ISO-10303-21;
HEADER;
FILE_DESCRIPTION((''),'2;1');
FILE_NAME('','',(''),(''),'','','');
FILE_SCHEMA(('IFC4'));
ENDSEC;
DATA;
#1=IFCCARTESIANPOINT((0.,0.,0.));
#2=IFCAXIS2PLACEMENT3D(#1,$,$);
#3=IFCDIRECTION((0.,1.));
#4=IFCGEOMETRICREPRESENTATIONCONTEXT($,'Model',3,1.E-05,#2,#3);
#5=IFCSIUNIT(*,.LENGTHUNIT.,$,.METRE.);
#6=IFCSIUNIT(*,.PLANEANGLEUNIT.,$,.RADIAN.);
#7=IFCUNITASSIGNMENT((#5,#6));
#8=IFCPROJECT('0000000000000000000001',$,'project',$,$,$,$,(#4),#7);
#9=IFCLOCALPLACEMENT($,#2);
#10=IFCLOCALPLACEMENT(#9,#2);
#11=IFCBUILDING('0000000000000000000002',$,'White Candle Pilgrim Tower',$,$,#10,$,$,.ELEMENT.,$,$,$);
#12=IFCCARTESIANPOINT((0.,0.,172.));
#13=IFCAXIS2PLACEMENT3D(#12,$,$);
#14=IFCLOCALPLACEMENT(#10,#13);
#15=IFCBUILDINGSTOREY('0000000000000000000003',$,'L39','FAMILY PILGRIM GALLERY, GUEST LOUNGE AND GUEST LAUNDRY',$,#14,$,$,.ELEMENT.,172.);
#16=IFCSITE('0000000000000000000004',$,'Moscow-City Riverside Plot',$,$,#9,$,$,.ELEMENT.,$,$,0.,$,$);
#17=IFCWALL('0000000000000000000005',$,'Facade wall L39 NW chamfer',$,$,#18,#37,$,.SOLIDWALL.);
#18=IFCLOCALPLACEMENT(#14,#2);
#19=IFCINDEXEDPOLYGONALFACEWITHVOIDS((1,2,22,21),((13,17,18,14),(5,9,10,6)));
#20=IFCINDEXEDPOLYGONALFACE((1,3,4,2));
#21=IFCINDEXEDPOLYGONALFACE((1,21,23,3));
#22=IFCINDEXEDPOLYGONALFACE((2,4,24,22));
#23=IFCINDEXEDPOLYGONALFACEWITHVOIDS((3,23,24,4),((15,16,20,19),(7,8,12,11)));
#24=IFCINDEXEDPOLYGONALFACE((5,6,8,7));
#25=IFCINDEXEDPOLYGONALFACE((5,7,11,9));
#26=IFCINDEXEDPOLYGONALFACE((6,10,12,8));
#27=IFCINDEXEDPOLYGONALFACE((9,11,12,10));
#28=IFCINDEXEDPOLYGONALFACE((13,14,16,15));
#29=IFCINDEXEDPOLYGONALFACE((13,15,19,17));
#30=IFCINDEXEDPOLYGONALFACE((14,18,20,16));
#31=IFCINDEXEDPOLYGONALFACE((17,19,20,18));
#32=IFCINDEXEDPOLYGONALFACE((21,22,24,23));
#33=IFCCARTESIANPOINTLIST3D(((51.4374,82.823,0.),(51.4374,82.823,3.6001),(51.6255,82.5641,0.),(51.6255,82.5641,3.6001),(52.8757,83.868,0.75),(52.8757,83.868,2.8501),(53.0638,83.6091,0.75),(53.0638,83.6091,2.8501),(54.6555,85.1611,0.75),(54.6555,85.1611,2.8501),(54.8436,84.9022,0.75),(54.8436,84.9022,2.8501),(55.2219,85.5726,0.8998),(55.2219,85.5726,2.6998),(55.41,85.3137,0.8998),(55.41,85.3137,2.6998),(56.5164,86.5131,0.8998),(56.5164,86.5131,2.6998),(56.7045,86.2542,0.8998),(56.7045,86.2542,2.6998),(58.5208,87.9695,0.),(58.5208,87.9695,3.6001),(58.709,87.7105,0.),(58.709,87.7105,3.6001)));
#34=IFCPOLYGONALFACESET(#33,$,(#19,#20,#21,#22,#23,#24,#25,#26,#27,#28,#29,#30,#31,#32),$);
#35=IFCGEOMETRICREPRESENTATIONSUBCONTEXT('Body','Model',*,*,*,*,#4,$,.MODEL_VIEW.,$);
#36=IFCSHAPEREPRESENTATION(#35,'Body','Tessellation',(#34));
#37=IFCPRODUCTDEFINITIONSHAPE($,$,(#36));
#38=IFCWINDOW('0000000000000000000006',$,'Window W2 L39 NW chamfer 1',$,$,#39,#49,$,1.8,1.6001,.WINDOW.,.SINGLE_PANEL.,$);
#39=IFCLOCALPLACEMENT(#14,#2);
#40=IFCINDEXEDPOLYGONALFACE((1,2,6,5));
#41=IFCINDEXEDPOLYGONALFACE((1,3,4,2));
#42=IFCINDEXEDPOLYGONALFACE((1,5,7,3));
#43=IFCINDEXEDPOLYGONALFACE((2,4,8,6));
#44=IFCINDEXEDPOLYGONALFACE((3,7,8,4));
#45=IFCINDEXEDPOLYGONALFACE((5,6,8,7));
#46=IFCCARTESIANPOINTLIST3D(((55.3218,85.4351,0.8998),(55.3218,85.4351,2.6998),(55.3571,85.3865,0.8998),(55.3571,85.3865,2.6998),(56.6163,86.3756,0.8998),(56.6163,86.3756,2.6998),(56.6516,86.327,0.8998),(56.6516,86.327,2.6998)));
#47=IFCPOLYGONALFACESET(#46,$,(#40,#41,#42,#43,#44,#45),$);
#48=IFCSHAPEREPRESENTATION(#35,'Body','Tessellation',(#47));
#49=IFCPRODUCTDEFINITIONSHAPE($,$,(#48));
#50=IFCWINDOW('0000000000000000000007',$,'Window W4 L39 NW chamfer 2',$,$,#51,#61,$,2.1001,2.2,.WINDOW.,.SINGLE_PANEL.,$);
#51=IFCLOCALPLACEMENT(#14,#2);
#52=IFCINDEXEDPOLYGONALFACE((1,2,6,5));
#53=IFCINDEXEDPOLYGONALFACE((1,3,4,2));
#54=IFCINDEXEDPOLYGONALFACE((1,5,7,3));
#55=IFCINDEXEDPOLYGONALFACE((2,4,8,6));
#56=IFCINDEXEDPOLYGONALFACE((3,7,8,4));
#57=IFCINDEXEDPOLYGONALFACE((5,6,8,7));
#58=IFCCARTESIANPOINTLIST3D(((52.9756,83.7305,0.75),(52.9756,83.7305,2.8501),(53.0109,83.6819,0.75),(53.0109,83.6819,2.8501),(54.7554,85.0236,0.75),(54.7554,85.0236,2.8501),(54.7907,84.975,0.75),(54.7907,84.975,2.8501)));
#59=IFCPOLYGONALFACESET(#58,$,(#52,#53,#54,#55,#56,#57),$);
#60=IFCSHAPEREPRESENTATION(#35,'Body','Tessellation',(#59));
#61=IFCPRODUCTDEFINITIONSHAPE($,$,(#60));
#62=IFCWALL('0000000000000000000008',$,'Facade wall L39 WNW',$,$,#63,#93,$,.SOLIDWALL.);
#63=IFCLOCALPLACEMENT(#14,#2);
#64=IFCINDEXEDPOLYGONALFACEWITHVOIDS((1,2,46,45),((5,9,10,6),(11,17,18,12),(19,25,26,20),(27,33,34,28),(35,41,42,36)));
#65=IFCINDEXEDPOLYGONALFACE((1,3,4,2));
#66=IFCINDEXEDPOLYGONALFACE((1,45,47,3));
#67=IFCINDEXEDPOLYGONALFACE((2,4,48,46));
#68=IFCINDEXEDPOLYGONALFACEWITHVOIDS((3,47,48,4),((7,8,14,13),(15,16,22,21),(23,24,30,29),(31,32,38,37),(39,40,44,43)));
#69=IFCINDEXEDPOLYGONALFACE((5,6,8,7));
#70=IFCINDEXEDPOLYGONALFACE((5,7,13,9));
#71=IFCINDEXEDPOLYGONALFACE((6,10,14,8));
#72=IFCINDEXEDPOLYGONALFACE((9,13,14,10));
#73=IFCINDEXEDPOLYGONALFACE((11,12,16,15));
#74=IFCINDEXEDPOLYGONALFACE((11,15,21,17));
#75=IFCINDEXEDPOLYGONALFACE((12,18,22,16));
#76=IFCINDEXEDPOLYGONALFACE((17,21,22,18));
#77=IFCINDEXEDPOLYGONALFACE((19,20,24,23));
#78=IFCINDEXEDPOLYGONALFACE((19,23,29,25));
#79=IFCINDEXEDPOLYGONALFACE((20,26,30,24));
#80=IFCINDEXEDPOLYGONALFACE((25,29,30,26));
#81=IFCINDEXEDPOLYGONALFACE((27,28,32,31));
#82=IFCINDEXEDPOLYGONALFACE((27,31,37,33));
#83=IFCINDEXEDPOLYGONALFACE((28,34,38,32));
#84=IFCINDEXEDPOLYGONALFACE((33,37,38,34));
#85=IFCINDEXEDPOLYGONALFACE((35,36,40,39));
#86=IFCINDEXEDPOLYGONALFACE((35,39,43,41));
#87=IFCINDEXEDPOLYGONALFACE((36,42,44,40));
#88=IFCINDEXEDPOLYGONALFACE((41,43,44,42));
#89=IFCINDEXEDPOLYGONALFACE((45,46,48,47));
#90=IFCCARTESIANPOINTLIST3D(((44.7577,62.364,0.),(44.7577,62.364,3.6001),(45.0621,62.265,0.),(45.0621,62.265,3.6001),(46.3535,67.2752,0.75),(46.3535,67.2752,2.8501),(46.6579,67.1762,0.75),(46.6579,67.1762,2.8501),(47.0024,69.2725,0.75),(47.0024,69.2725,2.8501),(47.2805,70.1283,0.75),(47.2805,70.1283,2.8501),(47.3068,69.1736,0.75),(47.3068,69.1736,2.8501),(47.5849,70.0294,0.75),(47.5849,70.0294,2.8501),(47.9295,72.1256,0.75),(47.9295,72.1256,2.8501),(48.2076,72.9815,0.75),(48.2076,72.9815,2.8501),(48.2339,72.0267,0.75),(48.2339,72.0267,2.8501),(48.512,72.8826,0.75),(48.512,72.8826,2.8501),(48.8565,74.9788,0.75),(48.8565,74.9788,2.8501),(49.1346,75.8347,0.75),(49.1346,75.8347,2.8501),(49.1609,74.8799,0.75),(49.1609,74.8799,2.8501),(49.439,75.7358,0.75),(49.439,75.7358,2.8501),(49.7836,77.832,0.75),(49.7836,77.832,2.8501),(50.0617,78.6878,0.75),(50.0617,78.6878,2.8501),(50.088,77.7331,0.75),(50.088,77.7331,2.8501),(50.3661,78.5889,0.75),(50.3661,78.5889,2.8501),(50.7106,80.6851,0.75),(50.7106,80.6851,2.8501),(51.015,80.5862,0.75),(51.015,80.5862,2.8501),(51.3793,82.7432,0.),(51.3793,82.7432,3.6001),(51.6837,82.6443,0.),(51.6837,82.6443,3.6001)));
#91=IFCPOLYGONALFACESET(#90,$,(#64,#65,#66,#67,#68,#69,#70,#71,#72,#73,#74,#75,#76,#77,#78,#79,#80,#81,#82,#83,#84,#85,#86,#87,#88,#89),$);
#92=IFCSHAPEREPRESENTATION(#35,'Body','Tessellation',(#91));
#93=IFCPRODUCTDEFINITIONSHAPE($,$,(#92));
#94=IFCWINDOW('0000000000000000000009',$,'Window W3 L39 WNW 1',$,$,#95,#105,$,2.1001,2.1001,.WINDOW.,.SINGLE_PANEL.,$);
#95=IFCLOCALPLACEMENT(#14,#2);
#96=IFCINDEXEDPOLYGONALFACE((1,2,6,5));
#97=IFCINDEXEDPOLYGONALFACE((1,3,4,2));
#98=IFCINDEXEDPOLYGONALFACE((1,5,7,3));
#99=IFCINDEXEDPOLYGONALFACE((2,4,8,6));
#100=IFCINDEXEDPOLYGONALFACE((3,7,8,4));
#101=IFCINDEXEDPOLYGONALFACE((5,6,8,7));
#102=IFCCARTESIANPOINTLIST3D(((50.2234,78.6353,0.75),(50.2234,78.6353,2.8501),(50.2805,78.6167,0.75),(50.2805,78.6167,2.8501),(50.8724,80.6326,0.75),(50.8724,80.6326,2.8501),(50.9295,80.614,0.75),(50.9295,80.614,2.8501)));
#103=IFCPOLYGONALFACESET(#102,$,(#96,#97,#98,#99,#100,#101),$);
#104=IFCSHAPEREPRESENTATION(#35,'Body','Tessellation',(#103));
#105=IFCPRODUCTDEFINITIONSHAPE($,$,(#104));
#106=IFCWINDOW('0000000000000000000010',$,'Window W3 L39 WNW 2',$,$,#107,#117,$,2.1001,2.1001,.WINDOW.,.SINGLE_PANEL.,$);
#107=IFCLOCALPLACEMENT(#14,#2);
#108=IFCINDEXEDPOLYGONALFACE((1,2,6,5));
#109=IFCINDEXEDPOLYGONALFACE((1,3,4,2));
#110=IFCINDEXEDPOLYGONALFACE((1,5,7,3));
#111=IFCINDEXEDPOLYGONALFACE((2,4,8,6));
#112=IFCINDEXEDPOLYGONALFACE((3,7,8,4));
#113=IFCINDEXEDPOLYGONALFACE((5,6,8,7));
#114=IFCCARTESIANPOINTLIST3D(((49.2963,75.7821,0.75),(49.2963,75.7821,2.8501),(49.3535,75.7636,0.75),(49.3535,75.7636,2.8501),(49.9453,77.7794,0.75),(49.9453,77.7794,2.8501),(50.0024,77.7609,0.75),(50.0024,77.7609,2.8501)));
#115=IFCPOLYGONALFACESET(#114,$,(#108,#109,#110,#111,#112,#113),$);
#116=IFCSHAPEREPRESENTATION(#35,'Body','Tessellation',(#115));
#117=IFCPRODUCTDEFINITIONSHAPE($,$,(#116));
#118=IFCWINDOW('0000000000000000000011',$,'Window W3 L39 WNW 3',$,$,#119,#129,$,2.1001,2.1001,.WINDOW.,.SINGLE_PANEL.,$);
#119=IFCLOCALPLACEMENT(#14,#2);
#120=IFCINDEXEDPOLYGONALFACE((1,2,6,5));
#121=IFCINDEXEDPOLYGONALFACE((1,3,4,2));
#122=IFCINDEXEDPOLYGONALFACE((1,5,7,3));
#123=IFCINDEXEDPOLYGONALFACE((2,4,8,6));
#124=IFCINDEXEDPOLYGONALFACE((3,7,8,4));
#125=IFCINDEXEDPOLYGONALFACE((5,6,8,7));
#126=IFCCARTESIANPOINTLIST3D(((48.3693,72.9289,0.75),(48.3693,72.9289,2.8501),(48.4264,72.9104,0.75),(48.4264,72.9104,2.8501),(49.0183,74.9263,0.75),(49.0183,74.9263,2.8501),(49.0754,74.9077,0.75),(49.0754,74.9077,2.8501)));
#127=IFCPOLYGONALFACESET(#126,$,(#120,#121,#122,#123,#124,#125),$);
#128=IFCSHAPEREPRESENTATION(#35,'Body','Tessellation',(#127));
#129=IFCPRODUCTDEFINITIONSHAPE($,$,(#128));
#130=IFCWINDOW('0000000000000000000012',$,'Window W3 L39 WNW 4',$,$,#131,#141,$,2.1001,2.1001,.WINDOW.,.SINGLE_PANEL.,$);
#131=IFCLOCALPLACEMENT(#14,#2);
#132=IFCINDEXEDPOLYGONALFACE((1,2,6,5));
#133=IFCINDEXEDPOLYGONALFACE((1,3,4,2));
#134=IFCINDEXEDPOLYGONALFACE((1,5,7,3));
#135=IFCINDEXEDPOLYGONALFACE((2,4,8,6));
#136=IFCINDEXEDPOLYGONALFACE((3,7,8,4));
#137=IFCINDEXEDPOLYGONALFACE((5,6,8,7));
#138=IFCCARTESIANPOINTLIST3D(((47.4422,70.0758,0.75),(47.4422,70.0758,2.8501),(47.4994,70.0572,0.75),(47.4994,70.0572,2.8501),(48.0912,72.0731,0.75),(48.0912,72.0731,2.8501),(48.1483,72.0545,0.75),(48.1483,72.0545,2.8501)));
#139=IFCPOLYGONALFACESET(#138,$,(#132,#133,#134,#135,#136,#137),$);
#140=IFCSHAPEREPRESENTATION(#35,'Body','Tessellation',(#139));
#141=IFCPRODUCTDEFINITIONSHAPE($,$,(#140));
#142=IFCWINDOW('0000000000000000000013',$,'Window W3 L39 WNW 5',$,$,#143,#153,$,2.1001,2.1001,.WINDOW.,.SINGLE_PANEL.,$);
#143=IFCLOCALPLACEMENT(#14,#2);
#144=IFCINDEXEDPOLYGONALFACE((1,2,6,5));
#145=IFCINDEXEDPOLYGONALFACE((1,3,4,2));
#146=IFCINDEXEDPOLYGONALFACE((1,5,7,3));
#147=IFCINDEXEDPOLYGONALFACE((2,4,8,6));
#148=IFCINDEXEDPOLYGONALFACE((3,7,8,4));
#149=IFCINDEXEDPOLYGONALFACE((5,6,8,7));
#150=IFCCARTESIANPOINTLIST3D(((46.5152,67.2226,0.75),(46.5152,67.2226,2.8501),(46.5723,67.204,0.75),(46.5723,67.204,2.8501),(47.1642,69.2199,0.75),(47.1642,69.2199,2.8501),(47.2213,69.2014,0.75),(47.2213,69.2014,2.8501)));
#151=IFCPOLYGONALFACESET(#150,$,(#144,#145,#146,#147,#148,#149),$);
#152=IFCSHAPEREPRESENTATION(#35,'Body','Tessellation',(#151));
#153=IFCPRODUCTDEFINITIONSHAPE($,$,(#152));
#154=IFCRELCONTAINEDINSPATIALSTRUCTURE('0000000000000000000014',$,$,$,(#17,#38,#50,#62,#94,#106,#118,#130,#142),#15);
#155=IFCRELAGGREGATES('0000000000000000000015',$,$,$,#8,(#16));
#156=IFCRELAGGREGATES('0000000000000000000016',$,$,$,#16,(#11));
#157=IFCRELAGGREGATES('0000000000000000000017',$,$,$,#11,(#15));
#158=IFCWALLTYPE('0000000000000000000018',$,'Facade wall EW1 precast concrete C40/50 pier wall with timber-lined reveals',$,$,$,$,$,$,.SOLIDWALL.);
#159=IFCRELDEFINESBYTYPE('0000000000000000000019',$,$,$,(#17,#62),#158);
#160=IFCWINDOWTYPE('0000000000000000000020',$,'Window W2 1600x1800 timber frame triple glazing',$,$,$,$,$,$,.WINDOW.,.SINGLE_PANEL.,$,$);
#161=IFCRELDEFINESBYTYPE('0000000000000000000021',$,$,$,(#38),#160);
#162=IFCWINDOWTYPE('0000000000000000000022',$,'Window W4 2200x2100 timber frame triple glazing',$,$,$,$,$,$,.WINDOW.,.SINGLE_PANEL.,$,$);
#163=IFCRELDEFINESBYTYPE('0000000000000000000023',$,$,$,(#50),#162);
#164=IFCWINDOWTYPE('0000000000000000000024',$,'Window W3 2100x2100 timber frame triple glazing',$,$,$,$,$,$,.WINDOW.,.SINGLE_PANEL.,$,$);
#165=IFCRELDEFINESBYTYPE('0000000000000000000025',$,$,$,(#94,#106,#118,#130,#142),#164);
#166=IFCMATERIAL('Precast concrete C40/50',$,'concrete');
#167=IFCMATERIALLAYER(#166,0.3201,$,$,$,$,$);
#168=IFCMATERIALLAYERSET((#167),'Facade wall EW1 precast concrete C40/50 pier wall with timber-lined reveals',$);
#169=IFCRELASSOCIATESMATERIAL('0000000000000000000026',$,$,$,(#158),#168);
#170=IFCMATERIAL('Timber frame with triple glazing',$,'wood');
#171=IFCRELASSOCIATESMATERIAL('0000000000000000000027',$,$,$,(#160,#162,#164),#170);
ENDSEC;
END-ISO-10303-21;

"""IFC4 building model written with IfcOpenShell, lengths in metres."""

from ifc_helpers import new_model, si_unit, direction, frame, frame_2d, origin, place, context, subcontext, project, spatial, rectangle, extrude, material, layer, layer_set, type_object, element, fill, save


model = new_model("IFC4")

# Units and contexts
model_context = context("Model", 3, precision=1e-05, world=origin(), true_north=direction((0.0, 1.0)))
body_context = subcontext(model_context, "Body", "Model", "MODEL_VIEW")
ifc_project = project(units=[si_unit("LENGTHUNIT", "METRE"), si_unit("PLANEANGLEUNIT", "RADIAN")], contexts=[model_context])

# Site, building, storey
site_placement = place(None, origin())
site = spatial("IfcSite", under=ifc_project, at=site_placement, Name="Moscow-City Riverside Plot", CompositionType="ELEMENT", RefElevation=0.0)
building_placement = place(site_placement, origin())
building = spatial("IfcBuilding", under=site, at=building_placement, Name="White Candle Pilgrim Tower", CompositionType="ELEMENT")
storey_placement = place(building_placement, frame((0.0, 0.0, 172.0)))
storey = spatial("IfcBuildingStorey", under=building, at=storey_placement, Name="L39", Description="FAMILY PILGRIM GALLERY, GUEST LOUNGE AND GUEST LAUNDRY", CompositionType="ELEMENT", Elevation=172.0)

# Walls, openings, windows
ifc_material_1 = material(Name="Precast concrete C40/50", Category="concrete")
ifc_layer_1 = layer(ifc_material_1, 0.3201)
ifc_layer_set_1 = layer_set([ifc_layer_1], Name="Facade wall EW1 precast concrete C40/50 pier wall with timber-lined reveals")
wall_type_1 = type_object("IfcWallType", Name="Facade wall EW1 precast concrete C40/50 pier wall with timber-lined reveals", PredefinedType="SOLIDWALL", material=ifc_layer_set_1)
wall_1_placement = place(storey_placement, frame((58.615, 87.8401, 0.0), z_axis=(0.0, 0.0, 1.0), x_axis=(-0.809016, -0.587787, 0.0)))
wall_1 = element("IfcWall", 1, at=wall_1_placement, inside=storey, type_object=wall_type_1, Name="Facade wall L39 NW chamfer", PredefinedType="SOLIDWALL", context=body_context, shape_type="SweptSolid", body=[
    extrude(rectangle(XDim=8.7556, YDim=0.3201, at=frame_2d((4.3779, 0.0))), origin(), (0.0, 0.0, 1.0), 3.6001),
])
opening_1_placement = place(wall_1_placement, frame((2.4778, 0.0, 0.8999)))
opening_1 = element("IfcOpeningElement", 2, at=opening_1_placement, cuts=wall_1, PredefinedType="OPENING", context=body_context, shape_type="SweptSolid", body=[
    extrude(rectangle(XDim=1.6001, YDim=1.8, at=frame_2d((0.8, 0.8999))), frame((0.0, 0.1699, 0.0), z_axis=(0.0, -1.0, 0.0), x_axis=(1.0, 0.0, 0.0)), (0.0, 0.0, 1.0), 0.3401),
])
opening_2_placement = place(wall_1_placement, frame((4.7778, 0.0, 0.75)))
opening_2 = element("IfcOpeningElement", 3, at=opening_2_placement, cuts=wall_1, PredefinedType="OPENING", context=body_context, shape_type="SweptSolid", body=[
    extrude(rectangle(XDim=2.2, YDim=2.1001, at=frame_2d((1.1001, 1.05))), frame((0.0, 0.1699, 0.0), z_axis=(0.0, -1.0, 0.0), x_axis=(1.0, 0.0, 0.0)), (0.0, 0.0, 1.0), 0.3401),
])
ifc_material_2 = material(Name="Timber frame with triple glazing", Category="wood")
window_type_1 = type_object("IfcWindowType", Name="Window W2 1600x1800 timber frame triple glazing", PartitioningType="SINGLE_PANEL", PredefinedType="WINDOW", material=ifc_material_2)
window_1_placement = place(opening_1_placement, origin())
window_1 = element("IfcWindow", 4, at=window_1_placement, inside=storey, type_object=window_type_1, Name="Window W2 L39 NW chamfer 1", OverallHeight=1.8, OverallWidth=1.6001, PartitioningType="SINGLE_PANEL", PredefinedType="WINDOW", context=body_context, shape_type="SweptSolid", body=[
    extrude(rectangle(XDim=1.6001, YDim=1.8, at=frame_2d((0.8, 0.8999))), frame((0.0, 0.0701, 0.0), z_axis=(0.0, -1.0, 0.0), x_axis=(1.0, 0.0, 0.0)), (0.0, 0.0, 1.0), 0.0601),
])
fill(opening_1, window_1)
window_type_2 = type_object("IfcWindowType", Name="Window W4 2200x2100 timber frame triple glazing", PartitioningType="SINGLE_PANEL", PredefinedType="WINDOW", material=ifc_material_2)
window_2_placement = place(opening_2_placement, origin())
window_2 = element("IfcWindow", 5, at=window_2_placement, inside=storey, type_object=window_type_2, Name="Window W4 L39 NW chamfer 2", OverallHeight=2.1001, OverallWidth=2.2, PartitioningType="SINGLE_PANEL", PredefinedType="WINDOW", context=body_context, shape_type="SweptSolid", body=[
    extrude(rectangle(XDim=2.2, YDim=2.1001, at=frame_2d((1.1001, 1.05))), frame((0.0, 0.0701, 0.0), z_axis=(0.0, -1.0, 0.0), x_axis=(1.0, 0.0, 0.0)), (0.0, 0.0, 1.0), 0.0601),
])
fill(opening_2, window_2)
wall_2_placement = place(storey_placement, frame((51.5315, 82.6936, 0.0), z_axis=(0.0, 0.0, 1.0), x_axis=(-0.309017, -0.951057, 0.0)))
wall_2 = element("IfcWall", 6, at=wall_2_placement, inside=storey, type_object=wall_type_1, Name="Facade wall L39 WNW", PredefinedType="SOLIDWALL", context=body_context, shape_type="SweptSolid", body=[
    extrude(rectangle(XDim=21.428, YDim=0.3201, at=frame_2d((10.7139, 0.0))), origin(), (0.0, 0.0, 1.0), 3.6001),
])
opening_3_placement = place(wall_2_placement, frame((2.1638, 0.0, 0.75)))
opening_3 = element("IfcOpeningElement", 7, at=opening_3_placement, cuts=wall_2, PredefinedType="OPENING", context=body_context, shape_type="SweptSolid", body=[
    extrude(rectangle(XDim=2.1001, YDim=2.1001, at=frame_2d((1.05, 1.05))), frame((0.0, 0.1699, 0.0), z_axis=(0.0, -1.0, 0.0), x_axis=(1.0, 0.0, 0.0)), (0.0, 0.0, 1.0), 0.3401),
])
opening_4_placement = place(wall_2_placement, frame((5.1638, 0.0, 0.75)))
opening_4 = element("IfcOpeningElement", 8, at=opening_4_placement, cuts=wall_2, PredefinedType="OPENING", context=body_context, shape_type="SweptSolid", body=[
    extrude(rectangle(XDim=2.1001, YDim=2.1001, at=frame_2d((1.05, 1.05))), frame((0.0, 0.1699, 0.0), z_axis=(0.0, -1.0, 0.0), x_axis=(1.0, 0.0, 0.0)), (0.0, 0.0, 1.0), 0.3401),
])
opening_5_placement = place(wall_2_placement, frame((8.1638, 0.0, 0.75)))
opening_5 = element("IfcOpeningElement", 9, at=opening_5_placement, cuts=wall_2, PredefinedType="OPENING", context=body_context, shape_type="SweptSolid", body=[
    extrude(rectangle(XDim=2.1001, YDim=2.1001, at=frame_2d((1.05, 1.05))), frame((0.0, 0.1699, 0.0), z_axis=(0.0, -1.0, 0.0), x_axis=(1.0, 0.0, 0.0)), (0.0, 0.0, 1.0), 0.3401),
])
opening_6_placement = place(wall_2_placement, frame((11.1638, 0.0, 0.75)))
opening_6 = element("IfcOpeningElement", 10, at=opening_6_placement, cuts=wall_2, PredefinedType="OPENING", context=body_context, shape_type="SweptSolid", body=[
    extrude(rectangle(XDim=2.1001, YDim=2.1001, at=frame_2d((1.05, 1.05))), frame((0.0, 0.1699, 0.0), z_axis=(0.0, -1.0, 0.0), x_axis=(1.0, 0.0, 0.0)), (0.0, 0.0, 1.0), 0.3401),
])
opening_7_placement = place(wall_2_placement, frame((14.1638, 0.0, 0.75)))
opening_7 = element("IfcOpeningElement", 11, at=opening_7_placement, cuts=wall_2, PredefinedType="OPENING", context=body_context, shape_type="SweptSolid", body=[
    extrude(rectangle(XDim=2.1001, YDim=2.1001, at=frame_2d((1.05, 1.05))), frame((0.0, 0.1699, 0.0), z_axis=(0.0, -1.0, 0.0), x_axis=(1.0, 0.0, 0.0)), (0.0, 0.0, 1.0), 0.3401),
])
window_type_3 = type_object("IfcWindowType", Name="Window W3 2100x2100 timber frame triple glazing", PartitioningType="SINGLE_PANEL", PredefinedType="WINDOW", material=ifc_material_2)
window_3_placement = place(opening_3_placement, origin())
window_3 = element("IfcWindow", 12, at=window_3_placement, inside=storey, type_object=window_type_3, Name="Window W3 L39 WNW 1", OverallHeight=2.1001, OverallWidth=2.1001, PartitioningType="SINGLE_PANEL", PredefinedType="WINDOW", context=body_context, shape_type="SweptSolid", body=[
    extrude(rectangle(XDim=2.1001, YDim=2.1001, at=frame_2d((1.05, 1.05))), frame((0.0, 0.0701, 0.0), z_axis=(0.0, -1.0, 0.0), x_axis=(1.0, 0.0, 0.0)), (0.0, 0.0, 1.0), 0.0601),
])
fill(opening_3, window_3)
window_4_placement = place(opening_4_placement, origin())
window_4 = element("IfcWindow", 13, at=window_4_placement, inside=storey, type_object=window_type_3, Name="Window W3 L39 WNW 2", OverallHeight=2.1001, OverallWidth=2.1001, PartitioningType="SINGLE_PANEL", PredefinedType="WINDOW", context=body_context, shape_type="SweptSolid", body=[
    extrude(rectangle(XDim=2.1001, YDim=2.1001, at=frame_2d((1.05, 1.05))), frame((0.0, 0.0701, 0.0), z_axis=(0.0, -1.0, 0.0), x_axis=(1.0, 0.0, 0.0)), (0.0, 0.0, 1.0), 0.0601),
])
fill(opening_4, window_4)
window_5_placement = place(opening_5_placement, origin())
window_5 = element("IfcWindow", 14, at=window_5_placement, inside=storey, type_object=window_type_3, Name="Window W3 L39 WNW 3", OverallHeight=2.1001, OverallWidth=2.1001, PartitioningType="SINGLE_PANEL", PredefinedType="WINDOW", context=body_context, shape_type="SweptSolid", body=[
    extrude(rectangle(XDim=2.1001, YDim=2.1001, at=frame_2d((1.05, 1.05))), frame((0.0, 0.0701, 0.0), z_axis=(0.0, -1.0, 0.0), x_axis=(1.0, 0.0, 0.0)), (0.0, 0.0, 1.0), 0.0601),
])
fill(opening_5, window_5)
window_6_placement = place(opening_6_placement, origin())
window_6 = element("IfcWindow", 15, at=window_6_placement, inside=storey, type_object=window_type_3, Name="Window W3 L39 WNW 4", OverallHeight=2.1001, OverallWidth=2.1001, PartitioningType="SINGLE_PANEL", PredefinedType="WINDOW", context=body_context, shape_type="SweptSolid", body=[
    extrude(rectangle(XDim=2.1001, YDim=2.1001, at=frame_2d((1.05, 1.05))), frame((0.0, 0.0701, 0.0), z_axis=(0.0, -1.0, 0.0), x_axis=(1.0, 0.0, 0.0)), (0.0, 0.0, 1.0), 0.0601),
])
fill(opening_6, window_6)
window_7_placement = place(opening_7_placement, origin())
window_7 = element("IfcWindow", 16, at=window_7_placement, inside=storey, type_object=window_type_3, Name="Window W3 L39 WNW 5", OverallHeight=2.1001, OverallWidth=2.1001, PartitioningType="SINGLE_PANEL", PredefinedType="WINDOW", context=body_context, shape_type="SweptSolid", body=[
    extrude(rectangle(XDim=2.1001, YDim=2.1001, at=frame_2d((1.05, 1.05))), frame((0.0, 0.0701, 0.0), z_axis=(0.0, -1.0, 0.0), x_axis=(1.0, 0.0, 0.0)), (0.0, 0.0, 1.0), 0.0601),
])
fill(opening_7, window_7)

save(model, "model.ifc")
